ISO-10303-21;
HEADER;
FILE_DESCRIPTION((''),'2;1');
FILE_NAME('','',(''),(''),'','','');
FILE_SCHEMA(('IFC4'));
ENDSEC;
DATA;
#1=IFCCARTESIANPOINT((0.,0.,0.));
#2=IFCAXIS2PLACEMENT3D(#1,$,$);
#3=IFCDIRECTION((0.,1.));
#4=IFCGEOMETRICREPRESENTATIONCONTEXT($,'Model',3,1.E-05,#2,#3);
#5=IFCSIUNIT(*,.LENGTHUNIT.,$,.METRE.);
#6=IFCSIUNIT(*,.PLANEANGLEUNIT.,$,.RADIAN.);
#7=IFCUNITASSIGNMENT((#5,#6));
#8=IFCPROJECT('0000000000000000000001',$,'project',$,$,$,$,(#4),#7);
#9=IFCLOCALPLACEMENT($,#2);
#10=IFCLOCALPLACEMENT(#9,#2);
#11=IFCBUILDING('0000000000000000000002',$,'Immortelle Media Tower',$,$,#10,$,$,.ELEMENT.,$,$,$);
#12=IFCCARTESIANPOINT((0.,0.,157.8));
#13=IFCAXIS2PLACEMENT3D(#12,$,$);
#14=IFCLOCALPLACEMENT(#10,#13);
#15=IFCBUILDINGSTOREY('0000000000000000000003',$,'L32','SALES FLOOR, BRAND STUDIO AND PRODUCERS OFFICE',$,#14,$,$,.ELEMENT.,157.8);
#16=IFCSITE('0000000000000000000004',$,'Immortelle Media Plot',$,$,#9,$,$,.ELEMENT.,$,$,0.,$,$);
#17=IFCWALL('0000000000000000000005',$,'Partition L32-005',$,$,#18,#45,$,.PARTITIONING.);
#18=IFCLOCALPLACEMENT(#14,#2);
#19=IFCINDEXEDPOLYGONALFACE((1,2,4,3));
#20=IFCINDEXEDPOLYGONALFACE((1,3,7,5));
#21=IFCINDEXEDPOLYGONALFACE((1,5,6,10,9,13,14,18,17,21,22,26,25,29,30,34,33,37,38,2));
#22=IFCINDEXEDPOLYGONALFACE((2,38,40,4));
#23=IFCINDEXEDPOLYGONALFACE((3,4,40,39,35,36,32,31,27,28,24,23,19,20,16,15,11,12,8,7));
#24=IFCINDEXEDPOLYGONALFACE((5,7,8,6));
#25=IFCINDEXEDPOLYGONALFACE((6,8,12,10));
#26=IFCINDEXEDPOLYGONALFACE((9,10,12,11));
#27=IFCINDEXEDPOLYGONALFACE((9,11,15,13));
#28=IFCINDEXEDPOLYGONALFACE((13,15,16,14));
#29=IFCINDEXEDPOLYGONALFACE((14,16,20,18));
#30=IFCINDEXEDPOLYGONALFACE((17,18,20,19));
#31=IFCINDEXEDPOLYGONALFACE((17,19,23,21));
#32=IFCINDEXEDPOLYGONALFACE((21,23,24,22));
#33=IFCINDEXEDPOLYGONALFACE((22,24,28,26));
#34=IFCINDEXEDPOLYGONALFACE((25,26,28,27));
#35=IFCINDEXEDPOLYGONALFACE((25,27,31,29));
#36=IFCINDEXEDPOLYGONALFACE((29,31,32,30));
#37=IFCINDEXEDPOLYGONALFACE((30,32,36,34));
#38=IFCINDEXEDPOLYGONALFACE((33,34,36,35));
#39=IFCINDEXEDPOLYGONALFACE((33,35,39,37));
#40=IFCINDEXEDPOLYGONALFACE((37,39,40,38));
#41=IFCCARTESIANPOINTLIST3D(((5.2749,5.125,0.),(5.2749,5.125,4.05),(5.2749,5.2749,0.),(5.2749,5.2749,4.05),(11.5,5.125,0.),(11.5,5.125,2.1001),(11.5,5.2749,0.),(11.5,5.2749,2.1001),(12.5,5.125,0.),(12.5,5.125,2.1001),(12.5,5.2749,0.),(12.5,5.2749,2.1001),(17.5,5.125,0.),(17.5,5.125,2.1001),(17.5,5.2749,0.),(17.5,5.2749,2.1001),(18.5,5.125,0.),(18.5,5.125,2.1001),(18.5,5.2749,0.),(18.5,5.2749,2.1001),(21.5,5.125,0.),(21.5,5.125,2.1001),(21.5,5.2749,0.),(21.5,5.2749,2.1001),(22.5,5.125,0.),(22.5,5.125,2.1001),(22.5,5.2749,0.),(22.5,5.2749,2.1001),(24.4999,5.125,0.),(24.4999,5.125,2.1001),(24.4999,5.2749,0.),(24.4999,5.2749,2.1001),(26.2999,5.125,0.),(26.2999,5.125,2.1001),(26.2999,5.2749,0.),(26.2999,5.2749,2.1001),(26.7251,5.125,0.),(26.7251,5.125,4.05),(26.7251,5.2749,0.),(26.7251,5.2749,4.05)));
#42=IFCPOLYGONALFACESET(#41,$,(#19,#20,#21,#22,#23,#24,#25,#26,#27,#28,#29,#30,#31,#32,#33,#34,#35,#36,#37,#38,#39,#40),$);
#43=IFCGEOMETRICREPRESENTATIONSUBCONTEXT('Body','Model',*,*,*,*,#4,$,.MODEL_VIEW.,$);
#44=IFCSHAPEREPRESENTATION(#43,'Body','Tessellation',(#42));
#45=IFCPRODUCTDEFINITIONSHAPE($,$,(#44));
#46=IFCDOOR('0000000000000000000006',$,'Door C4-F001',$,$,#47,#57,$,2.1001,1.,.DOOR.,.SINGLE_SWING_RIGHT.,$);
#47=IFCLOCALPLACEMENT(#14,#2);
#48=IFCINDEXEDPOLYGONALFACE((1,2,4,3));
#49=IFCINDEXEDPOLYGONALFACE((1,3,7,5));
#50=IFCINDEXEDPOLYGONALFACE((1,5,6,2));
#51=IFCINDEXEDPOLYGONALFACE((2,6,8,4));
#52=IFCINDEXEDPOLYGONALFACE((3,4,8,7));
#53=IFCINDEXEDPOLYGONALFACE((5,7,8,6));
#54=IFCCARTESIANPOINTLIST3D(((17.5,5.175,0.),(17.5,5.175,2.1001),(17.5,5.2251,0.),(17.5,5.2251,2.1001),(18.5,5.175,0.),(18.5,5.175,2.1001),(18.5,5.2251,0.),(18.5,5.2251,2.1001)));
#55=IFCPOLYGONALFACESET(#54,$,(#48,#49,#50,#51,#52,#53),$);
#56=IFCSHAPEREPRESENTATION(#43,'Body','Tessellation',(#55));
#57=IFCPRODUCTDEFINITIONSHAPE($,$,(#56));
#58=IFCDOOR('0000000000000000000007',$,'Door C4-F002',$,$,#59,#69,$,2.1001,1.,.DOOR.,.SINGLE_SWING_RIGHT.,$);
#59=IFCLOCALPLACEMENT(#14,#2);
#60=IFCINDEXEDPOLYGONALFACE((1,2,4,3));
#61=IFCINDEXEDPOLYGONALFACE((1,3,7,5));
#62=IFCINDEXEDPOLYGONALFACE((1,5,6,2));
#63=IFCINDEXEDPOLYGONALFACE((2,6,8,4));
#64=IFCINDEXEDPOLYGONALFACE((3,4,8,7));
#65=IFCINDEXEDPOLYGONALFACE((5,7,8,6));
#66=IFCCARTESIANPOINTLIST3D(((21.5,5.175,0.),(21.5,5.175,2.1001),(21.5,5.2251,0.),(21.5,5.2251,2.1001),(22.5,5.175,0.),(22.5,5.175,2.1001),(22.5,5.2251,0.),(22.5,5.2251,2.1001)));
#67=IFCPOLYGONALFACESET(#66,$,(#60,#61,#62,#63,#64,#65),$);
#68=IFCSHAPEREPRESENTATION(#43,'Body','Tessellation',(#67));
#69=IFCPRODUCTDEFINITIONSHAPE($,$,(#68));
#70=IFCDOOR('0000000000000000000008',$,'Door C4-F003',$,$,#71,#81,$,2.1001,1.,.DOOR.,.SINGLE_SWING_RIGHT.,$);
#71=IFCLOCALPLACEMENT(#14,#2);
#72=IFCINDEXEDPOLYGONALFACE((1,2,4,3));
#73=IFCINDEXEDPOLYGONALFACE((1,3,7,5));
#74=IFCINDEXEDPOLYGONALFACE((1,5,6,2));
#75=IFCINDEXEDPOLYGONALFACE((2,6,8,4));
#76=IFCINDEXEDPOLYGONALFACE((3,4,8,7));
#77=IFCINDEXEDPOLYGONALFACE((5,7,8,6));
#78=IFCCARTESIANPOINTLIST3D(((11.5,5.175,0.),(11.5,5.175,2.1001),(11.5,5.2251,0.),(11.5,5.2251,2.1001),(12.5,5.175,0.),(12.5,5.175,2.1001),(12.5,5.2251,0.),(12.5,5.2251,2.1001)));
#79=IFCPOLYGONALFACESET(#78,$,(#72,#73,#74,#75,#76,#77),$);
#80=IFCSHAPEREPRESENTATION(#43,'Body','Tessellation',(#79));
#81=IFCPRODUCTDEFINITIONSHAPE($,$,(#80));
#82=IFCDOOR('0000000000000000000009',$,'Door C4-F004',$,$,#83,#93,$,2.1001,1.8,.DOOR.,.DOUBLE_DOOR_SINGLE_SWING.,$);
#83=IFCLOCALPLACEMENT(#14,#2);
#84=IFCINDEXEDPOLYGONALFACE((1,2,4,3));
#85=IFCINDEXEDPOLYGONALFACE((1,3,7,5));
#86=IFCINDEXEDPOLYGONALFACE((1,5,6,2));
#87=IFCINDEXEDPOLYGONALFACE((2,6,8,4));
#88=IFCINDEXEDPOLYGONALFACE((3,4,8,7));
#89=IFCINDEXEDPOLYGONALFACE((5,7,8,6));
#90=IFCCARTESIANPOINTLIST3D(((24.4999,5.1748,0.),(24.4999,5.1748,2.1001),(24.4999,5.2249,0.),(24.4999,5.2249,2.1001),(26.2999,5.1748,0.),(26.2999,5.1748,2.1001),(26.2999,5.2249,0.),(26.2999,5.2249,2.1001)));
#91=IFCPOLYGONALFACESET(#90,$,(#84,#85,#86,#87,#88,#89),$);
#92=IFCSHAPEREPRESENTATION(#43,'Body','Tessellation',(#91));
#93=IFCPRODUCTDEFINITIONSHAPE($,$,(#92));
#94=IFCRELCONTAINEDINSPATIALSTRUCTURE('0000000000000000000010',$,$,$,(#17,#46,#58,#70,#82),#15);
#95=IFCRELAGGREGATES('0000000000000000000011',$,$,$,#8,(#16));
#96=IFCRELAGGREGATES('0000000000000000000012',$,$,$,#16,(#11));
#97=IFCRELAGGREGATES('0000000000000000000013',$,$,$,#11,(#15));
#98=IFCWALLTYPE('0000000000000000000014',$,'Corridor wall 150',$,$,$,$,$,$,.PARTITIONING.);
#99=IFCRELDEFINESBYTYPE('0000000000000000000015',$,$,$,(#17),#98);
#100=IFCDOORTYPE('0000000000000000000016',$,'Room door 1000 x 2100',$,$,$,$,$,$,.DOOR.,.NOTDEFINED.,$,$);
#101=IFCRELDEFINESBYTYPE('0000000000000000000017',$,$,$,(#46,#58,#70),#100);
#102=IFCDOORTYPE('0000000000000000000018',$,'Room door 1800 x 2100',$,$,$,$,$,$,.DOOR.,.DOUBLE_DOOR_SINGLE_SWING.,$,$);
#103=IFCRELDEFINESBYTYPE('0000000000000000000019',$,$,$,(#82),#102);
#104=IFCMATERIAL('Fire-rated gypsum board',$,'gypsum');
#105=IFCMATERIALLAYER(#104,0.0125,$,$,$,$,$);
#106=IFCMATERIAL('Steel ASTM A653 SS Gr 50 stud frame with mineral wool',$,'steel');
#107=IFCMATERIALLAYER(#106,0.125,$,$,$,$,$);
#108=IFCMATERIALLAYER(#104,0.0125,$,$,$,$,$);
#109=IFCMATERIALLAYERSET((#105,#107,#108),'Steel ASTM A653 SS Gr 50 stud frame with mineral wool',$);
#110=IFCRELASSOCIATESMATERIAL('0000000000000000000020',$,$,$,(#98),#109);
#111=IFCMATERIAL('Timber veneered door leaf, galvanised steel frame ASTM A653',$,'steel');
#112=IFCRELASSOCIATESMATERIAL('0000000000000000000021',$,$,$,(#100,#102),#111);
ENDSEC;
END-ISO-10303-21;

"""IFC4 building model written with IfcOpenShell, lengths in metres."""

from ifc_helpers import new_model, si_unit, direction, frame, frame_2d, origin, place, context, subcontext, project, spatial, rectangle, extrude, material, layer, layer_set, type_object, element, fill, save


model = new_model("IFC4")

# Units and contexts
model_context = context("Model", 3, precision=1e-05, world=origin(), true_north=direction((0.0, 1.0)))
body_context = subcontext(model_context, "Body", "Model", "MODEL_VIEW")
ifc_project = project(units=[si_unit("LENGTHUNIT", "METRE"), si_unit("PLANEANGLEUNIT", "RADIAN")], contexts=[model_context])

# Site, building, storey
site_placement = place(None, origin())
site = spatial("IfcSite", under=ifc_project, at=site_placement, Name="Immortelle Media Plot", CompositionType="ELEMENT", RefElevation=0.0)
building_placement = place(site_placement, origin())
building = spatial("IfcBuilding", under=site, at=building_placement, Name="Immortelle Media Tower", CompositionType="ELEMENT")
storey_placement = place(building_placement, frame((0.0, 0.0, 157.8)))
storey = spatial("IfcBuildingStorey", under=building, at=storey_placement, Name="L32", Description="SALES FLOOR, BRAND STUDIO AND PRODUCERS OFFICE", CompositionType="ELEMENT", Elevation=157.8)

# Wall, openings, doors
ifc_material_1 = material(Name="Fire-rated gypsum board", Category="gypsum")
ifc_layer_1 = layer(ifc_material_1, 0.0125)
ifc_material_2 = material(Name="Steel ASTM A653 SS Gr 50 stud frame with mineral wool", Category="steel")
ifc_layer_2 = layer(ifc_material_2, 0.125)
ifc_layer_3 = layer(ifc_material_1, 0.0125)
ifc_layer_set_1 = layer_set([ifc_layer_1, ifc_layer_2, ifc_layer_3], Name="Steel ASTM A653 SS Gr 50 stud frame with mineral wool")
wall_type_1 = type_object("IfcWallType", Name="Corridor wall 150", PredefinedType="PARTITIONING", material=ifc_layer_set_1)
wall_1_placement = place(storey_placement, frame((5.2749, 5.2, 0.0), z_axis=(0.0, 0.0, 1.0), x_axis=(1.0, 0.0, 0.0)))
wall_1 = element("IfcWall", 1, at=wall_1_placement, inside=storey, type_object=wall_type_1, Name="Partition L32-005", PredefinedType="PARTITIONING", context=body_context, shape_type="SweptSolid", body=[
    extrude(rectangle(XDim=21.4502, YDim=0.1499, at=frame_2d((10.7251, 0.0))), origin(), (0.0, 0.0, 1.0), 4.05),
])
opening_1_placement = place(wall_1_placement, frame((13.2251, 0.0, 0.0), z_axis=(0.0, 0.0, 1.0), x_axis=(-1.0, 0.0, 0.0)))
opening_1 = element("IfcOpeningElement", 2, at=opening_1_placement, cuts=wall_1, PredefinedType="OPENING", context=body_context, shape_type="SweptSolid", body=[
    extrude(rectangle(XDim=1.0, YDim=2.1001, at=frame_2d((0.5, 1.05))), frame((0.0, 0.085, 0.0), z_axis=(0.0, -1.0, 0.0), x_axis=(1.0, 0.0, 0.0)), (0.0, 0.0, 1.0), 0.1699),
])
opening_2_placement = place(wall_1_placement, frame((17.2251, 0.0, 0.0), z_axis=(0.0, 0.0, 1.0), x_axis=(-1.0, 0.0, 0.0)))
opening_2 = element("IfcOpeningElement", 3, at=opening_2_placement, cuts=wall_1, PredefinedType="OPENING", context=body_context, shape_type="SweptSolid", body=[
    extrude(rectangle(XDim=1.0, YDim=2.1001, at=frame_2d((0.5, 1.05))), frame((0.0, 0.085, 0.0), z_axis=(0.0, -1.0, 0.0), x_axis=(1.0, 0.0, 0.0)), (0.0, 0.0, 1.0), 0.1699),
])
opening_3_placement = place(wall_1_placement, frame((7.2251, 0.0, 0.0), z_axis=(0.0, 0.0, 1.0), x_axis=(-1.0, 0.0, 0.0)))
opening_3 = element("IfcOpeningElement", 4, at=opening_3_placement, cuts=wall_1, PredefinedType="OPENING", context=body_context, shape_type="SweptSolid", body=[
    extrude(rectangle(XDim=1.0, YDim=2.1001, at=frame_2d((0.5, 1.05))), frame((0.0, 0.085, 0.0), z_axis=(0.0, -1.0, 0.0), x_axis=(1.0, 0.0, 0.0)), (0.0, 0.0, 1.0), 0.1699),
])
opening_4_placement = place(wall_1_placement, frame((19.2251, 0.0, 0.0)))
opening_4 = element("IfcOpeningElement", 5, at=opening_4_placement, cuts=wall_1, PredefinedType="OPENING", context=body_context, shape_type="SweptSolid", body=[
    extrude(rectangle(XDim=1.8, YDim=2.1001, at=frame_2d((0.8999, 1.05))), frame((0.0, 0.085, 0.0), z_axis=(0.0, -1.0, 0.0), x_axis=(1.0, 0.0, 0.0)), (0.0, 0.0, 1.0), 0.1699),
])
ifc_material_3 = material(Name="Timber veneered door leaf, galvanised steel frame ASTM A653", Category="steel")
door_type_1 = type_object("IfcDoorType", Name="Room door 1000 x 2100", OperationType="NOTDEFINED", PredefinedType="DOOR", material=ifc_material_3)
door_1_placement = place(opening_1_placement, origin())
door_1 = element("IfcDoor", 6, at=door_1_placement, inside=storey, type_object=door_type_1, Name="Door C4-F001", OperationType="SINGLE_SWING_RIGHT", OverallHeight=2.1001, OverallWidth=1.0, PredefinedType="DOOR", context=body_context, shape_type="SweptSolid", body=[
    extrude(rectangle(XDim=1.0, YDim=2.1001, at=frame_2d((0.5, 1.05))), frame((0.0, 0.0249, 0.0), z_axis=(0.0, -1.0, 0.0), x_axis=(1.0, 0.0, 0.0)), (0.0, 0.0, 1.0), 0.05),
])
fill(opening_1, door_1)
door_2_placement = place(opening_2_placement, origin())
door_2 = element("IfcDoor", 7, at=door_2_placement, inside=storey, type_object=door_type_1, Name="Door C4-F002", OperationType="SINGLE_SWING_RIGHT", OverallHeight=2.1001, OverallWidth=1.0, PredefinedType="DOOR", context=body_context, shape_type="SweptSolid", body=[
    extrude(rectangle(XDim=1.0, YDim=2.1001, at=frame_2d((0.5, 1.05))), frame((0.0, 0.0249, 0.0), z_axis=(0.0, -1.0, 0.0), x_axis=(1.0, 0.0, 0.0)), (0.0, 0.0, 1.0), 0.05),
])
fill(opening_2, door_2)
door_3_placement = place(opening_3_placement, origin())
door_3 = element("IfcDoor", 8, at=door_3_placement, inside=storey, type_object=door_type_1, Name="Door C4-F003", OperationType="SINGLE_SWING_RIGHT", OverallHeight=2.1001, OverallWidth=1.0, PredefinedType="DOOR", context=body_context, shape_type="SweptSolid", body=[
    extrude(rectangle(XDim=1.0, YDim=2.1001, at=frame_2d((0.5, 1.05))), frame((0.0, 0.0249, 0.0), z_axis=(0.0, -1.0, 0.0), x_axis=(1.0, 0.0, 0.0)), (0.0, 0.0, 1.0), 0.05),
])
fill(opening_3, door_3)
door_type_2 = type_object("IfcDoorType", Name="Room door 1800 x 2100", OperationType="DOUBLE_DOOR_SINGLE_SWING", PredefinedType="DOOR", material=ifc_material_3)
door_4_placement = place(opening_4_placement, origin())
door_4 = element("IfcDoor", 9, at=door_4_placement, inside=storey, type_object=door_type_2, Name="Door C4-F004", OperationType="DOUBLE_DOOR_SINGLE_SWING", OverallHeight=2.1001, OverallWidth=1.8, PredefinedType="DOOR", context=body_context, shape_type="SweptSolid", body=[
    extrude(rectangle(XDim=1.8, YDim=2.1001, at=frame_2d((0.8999, 1.05))), frame((0.0, 0.0249, 0.0), z_axis=(0.0, -1.0, 0.0), x_axis=(1.0, 0.0, 0.0)), (0.0, 0.0, 1.0), 0.05),
])
fill(opening_4, door_4)

save(model, "model.ifc")
